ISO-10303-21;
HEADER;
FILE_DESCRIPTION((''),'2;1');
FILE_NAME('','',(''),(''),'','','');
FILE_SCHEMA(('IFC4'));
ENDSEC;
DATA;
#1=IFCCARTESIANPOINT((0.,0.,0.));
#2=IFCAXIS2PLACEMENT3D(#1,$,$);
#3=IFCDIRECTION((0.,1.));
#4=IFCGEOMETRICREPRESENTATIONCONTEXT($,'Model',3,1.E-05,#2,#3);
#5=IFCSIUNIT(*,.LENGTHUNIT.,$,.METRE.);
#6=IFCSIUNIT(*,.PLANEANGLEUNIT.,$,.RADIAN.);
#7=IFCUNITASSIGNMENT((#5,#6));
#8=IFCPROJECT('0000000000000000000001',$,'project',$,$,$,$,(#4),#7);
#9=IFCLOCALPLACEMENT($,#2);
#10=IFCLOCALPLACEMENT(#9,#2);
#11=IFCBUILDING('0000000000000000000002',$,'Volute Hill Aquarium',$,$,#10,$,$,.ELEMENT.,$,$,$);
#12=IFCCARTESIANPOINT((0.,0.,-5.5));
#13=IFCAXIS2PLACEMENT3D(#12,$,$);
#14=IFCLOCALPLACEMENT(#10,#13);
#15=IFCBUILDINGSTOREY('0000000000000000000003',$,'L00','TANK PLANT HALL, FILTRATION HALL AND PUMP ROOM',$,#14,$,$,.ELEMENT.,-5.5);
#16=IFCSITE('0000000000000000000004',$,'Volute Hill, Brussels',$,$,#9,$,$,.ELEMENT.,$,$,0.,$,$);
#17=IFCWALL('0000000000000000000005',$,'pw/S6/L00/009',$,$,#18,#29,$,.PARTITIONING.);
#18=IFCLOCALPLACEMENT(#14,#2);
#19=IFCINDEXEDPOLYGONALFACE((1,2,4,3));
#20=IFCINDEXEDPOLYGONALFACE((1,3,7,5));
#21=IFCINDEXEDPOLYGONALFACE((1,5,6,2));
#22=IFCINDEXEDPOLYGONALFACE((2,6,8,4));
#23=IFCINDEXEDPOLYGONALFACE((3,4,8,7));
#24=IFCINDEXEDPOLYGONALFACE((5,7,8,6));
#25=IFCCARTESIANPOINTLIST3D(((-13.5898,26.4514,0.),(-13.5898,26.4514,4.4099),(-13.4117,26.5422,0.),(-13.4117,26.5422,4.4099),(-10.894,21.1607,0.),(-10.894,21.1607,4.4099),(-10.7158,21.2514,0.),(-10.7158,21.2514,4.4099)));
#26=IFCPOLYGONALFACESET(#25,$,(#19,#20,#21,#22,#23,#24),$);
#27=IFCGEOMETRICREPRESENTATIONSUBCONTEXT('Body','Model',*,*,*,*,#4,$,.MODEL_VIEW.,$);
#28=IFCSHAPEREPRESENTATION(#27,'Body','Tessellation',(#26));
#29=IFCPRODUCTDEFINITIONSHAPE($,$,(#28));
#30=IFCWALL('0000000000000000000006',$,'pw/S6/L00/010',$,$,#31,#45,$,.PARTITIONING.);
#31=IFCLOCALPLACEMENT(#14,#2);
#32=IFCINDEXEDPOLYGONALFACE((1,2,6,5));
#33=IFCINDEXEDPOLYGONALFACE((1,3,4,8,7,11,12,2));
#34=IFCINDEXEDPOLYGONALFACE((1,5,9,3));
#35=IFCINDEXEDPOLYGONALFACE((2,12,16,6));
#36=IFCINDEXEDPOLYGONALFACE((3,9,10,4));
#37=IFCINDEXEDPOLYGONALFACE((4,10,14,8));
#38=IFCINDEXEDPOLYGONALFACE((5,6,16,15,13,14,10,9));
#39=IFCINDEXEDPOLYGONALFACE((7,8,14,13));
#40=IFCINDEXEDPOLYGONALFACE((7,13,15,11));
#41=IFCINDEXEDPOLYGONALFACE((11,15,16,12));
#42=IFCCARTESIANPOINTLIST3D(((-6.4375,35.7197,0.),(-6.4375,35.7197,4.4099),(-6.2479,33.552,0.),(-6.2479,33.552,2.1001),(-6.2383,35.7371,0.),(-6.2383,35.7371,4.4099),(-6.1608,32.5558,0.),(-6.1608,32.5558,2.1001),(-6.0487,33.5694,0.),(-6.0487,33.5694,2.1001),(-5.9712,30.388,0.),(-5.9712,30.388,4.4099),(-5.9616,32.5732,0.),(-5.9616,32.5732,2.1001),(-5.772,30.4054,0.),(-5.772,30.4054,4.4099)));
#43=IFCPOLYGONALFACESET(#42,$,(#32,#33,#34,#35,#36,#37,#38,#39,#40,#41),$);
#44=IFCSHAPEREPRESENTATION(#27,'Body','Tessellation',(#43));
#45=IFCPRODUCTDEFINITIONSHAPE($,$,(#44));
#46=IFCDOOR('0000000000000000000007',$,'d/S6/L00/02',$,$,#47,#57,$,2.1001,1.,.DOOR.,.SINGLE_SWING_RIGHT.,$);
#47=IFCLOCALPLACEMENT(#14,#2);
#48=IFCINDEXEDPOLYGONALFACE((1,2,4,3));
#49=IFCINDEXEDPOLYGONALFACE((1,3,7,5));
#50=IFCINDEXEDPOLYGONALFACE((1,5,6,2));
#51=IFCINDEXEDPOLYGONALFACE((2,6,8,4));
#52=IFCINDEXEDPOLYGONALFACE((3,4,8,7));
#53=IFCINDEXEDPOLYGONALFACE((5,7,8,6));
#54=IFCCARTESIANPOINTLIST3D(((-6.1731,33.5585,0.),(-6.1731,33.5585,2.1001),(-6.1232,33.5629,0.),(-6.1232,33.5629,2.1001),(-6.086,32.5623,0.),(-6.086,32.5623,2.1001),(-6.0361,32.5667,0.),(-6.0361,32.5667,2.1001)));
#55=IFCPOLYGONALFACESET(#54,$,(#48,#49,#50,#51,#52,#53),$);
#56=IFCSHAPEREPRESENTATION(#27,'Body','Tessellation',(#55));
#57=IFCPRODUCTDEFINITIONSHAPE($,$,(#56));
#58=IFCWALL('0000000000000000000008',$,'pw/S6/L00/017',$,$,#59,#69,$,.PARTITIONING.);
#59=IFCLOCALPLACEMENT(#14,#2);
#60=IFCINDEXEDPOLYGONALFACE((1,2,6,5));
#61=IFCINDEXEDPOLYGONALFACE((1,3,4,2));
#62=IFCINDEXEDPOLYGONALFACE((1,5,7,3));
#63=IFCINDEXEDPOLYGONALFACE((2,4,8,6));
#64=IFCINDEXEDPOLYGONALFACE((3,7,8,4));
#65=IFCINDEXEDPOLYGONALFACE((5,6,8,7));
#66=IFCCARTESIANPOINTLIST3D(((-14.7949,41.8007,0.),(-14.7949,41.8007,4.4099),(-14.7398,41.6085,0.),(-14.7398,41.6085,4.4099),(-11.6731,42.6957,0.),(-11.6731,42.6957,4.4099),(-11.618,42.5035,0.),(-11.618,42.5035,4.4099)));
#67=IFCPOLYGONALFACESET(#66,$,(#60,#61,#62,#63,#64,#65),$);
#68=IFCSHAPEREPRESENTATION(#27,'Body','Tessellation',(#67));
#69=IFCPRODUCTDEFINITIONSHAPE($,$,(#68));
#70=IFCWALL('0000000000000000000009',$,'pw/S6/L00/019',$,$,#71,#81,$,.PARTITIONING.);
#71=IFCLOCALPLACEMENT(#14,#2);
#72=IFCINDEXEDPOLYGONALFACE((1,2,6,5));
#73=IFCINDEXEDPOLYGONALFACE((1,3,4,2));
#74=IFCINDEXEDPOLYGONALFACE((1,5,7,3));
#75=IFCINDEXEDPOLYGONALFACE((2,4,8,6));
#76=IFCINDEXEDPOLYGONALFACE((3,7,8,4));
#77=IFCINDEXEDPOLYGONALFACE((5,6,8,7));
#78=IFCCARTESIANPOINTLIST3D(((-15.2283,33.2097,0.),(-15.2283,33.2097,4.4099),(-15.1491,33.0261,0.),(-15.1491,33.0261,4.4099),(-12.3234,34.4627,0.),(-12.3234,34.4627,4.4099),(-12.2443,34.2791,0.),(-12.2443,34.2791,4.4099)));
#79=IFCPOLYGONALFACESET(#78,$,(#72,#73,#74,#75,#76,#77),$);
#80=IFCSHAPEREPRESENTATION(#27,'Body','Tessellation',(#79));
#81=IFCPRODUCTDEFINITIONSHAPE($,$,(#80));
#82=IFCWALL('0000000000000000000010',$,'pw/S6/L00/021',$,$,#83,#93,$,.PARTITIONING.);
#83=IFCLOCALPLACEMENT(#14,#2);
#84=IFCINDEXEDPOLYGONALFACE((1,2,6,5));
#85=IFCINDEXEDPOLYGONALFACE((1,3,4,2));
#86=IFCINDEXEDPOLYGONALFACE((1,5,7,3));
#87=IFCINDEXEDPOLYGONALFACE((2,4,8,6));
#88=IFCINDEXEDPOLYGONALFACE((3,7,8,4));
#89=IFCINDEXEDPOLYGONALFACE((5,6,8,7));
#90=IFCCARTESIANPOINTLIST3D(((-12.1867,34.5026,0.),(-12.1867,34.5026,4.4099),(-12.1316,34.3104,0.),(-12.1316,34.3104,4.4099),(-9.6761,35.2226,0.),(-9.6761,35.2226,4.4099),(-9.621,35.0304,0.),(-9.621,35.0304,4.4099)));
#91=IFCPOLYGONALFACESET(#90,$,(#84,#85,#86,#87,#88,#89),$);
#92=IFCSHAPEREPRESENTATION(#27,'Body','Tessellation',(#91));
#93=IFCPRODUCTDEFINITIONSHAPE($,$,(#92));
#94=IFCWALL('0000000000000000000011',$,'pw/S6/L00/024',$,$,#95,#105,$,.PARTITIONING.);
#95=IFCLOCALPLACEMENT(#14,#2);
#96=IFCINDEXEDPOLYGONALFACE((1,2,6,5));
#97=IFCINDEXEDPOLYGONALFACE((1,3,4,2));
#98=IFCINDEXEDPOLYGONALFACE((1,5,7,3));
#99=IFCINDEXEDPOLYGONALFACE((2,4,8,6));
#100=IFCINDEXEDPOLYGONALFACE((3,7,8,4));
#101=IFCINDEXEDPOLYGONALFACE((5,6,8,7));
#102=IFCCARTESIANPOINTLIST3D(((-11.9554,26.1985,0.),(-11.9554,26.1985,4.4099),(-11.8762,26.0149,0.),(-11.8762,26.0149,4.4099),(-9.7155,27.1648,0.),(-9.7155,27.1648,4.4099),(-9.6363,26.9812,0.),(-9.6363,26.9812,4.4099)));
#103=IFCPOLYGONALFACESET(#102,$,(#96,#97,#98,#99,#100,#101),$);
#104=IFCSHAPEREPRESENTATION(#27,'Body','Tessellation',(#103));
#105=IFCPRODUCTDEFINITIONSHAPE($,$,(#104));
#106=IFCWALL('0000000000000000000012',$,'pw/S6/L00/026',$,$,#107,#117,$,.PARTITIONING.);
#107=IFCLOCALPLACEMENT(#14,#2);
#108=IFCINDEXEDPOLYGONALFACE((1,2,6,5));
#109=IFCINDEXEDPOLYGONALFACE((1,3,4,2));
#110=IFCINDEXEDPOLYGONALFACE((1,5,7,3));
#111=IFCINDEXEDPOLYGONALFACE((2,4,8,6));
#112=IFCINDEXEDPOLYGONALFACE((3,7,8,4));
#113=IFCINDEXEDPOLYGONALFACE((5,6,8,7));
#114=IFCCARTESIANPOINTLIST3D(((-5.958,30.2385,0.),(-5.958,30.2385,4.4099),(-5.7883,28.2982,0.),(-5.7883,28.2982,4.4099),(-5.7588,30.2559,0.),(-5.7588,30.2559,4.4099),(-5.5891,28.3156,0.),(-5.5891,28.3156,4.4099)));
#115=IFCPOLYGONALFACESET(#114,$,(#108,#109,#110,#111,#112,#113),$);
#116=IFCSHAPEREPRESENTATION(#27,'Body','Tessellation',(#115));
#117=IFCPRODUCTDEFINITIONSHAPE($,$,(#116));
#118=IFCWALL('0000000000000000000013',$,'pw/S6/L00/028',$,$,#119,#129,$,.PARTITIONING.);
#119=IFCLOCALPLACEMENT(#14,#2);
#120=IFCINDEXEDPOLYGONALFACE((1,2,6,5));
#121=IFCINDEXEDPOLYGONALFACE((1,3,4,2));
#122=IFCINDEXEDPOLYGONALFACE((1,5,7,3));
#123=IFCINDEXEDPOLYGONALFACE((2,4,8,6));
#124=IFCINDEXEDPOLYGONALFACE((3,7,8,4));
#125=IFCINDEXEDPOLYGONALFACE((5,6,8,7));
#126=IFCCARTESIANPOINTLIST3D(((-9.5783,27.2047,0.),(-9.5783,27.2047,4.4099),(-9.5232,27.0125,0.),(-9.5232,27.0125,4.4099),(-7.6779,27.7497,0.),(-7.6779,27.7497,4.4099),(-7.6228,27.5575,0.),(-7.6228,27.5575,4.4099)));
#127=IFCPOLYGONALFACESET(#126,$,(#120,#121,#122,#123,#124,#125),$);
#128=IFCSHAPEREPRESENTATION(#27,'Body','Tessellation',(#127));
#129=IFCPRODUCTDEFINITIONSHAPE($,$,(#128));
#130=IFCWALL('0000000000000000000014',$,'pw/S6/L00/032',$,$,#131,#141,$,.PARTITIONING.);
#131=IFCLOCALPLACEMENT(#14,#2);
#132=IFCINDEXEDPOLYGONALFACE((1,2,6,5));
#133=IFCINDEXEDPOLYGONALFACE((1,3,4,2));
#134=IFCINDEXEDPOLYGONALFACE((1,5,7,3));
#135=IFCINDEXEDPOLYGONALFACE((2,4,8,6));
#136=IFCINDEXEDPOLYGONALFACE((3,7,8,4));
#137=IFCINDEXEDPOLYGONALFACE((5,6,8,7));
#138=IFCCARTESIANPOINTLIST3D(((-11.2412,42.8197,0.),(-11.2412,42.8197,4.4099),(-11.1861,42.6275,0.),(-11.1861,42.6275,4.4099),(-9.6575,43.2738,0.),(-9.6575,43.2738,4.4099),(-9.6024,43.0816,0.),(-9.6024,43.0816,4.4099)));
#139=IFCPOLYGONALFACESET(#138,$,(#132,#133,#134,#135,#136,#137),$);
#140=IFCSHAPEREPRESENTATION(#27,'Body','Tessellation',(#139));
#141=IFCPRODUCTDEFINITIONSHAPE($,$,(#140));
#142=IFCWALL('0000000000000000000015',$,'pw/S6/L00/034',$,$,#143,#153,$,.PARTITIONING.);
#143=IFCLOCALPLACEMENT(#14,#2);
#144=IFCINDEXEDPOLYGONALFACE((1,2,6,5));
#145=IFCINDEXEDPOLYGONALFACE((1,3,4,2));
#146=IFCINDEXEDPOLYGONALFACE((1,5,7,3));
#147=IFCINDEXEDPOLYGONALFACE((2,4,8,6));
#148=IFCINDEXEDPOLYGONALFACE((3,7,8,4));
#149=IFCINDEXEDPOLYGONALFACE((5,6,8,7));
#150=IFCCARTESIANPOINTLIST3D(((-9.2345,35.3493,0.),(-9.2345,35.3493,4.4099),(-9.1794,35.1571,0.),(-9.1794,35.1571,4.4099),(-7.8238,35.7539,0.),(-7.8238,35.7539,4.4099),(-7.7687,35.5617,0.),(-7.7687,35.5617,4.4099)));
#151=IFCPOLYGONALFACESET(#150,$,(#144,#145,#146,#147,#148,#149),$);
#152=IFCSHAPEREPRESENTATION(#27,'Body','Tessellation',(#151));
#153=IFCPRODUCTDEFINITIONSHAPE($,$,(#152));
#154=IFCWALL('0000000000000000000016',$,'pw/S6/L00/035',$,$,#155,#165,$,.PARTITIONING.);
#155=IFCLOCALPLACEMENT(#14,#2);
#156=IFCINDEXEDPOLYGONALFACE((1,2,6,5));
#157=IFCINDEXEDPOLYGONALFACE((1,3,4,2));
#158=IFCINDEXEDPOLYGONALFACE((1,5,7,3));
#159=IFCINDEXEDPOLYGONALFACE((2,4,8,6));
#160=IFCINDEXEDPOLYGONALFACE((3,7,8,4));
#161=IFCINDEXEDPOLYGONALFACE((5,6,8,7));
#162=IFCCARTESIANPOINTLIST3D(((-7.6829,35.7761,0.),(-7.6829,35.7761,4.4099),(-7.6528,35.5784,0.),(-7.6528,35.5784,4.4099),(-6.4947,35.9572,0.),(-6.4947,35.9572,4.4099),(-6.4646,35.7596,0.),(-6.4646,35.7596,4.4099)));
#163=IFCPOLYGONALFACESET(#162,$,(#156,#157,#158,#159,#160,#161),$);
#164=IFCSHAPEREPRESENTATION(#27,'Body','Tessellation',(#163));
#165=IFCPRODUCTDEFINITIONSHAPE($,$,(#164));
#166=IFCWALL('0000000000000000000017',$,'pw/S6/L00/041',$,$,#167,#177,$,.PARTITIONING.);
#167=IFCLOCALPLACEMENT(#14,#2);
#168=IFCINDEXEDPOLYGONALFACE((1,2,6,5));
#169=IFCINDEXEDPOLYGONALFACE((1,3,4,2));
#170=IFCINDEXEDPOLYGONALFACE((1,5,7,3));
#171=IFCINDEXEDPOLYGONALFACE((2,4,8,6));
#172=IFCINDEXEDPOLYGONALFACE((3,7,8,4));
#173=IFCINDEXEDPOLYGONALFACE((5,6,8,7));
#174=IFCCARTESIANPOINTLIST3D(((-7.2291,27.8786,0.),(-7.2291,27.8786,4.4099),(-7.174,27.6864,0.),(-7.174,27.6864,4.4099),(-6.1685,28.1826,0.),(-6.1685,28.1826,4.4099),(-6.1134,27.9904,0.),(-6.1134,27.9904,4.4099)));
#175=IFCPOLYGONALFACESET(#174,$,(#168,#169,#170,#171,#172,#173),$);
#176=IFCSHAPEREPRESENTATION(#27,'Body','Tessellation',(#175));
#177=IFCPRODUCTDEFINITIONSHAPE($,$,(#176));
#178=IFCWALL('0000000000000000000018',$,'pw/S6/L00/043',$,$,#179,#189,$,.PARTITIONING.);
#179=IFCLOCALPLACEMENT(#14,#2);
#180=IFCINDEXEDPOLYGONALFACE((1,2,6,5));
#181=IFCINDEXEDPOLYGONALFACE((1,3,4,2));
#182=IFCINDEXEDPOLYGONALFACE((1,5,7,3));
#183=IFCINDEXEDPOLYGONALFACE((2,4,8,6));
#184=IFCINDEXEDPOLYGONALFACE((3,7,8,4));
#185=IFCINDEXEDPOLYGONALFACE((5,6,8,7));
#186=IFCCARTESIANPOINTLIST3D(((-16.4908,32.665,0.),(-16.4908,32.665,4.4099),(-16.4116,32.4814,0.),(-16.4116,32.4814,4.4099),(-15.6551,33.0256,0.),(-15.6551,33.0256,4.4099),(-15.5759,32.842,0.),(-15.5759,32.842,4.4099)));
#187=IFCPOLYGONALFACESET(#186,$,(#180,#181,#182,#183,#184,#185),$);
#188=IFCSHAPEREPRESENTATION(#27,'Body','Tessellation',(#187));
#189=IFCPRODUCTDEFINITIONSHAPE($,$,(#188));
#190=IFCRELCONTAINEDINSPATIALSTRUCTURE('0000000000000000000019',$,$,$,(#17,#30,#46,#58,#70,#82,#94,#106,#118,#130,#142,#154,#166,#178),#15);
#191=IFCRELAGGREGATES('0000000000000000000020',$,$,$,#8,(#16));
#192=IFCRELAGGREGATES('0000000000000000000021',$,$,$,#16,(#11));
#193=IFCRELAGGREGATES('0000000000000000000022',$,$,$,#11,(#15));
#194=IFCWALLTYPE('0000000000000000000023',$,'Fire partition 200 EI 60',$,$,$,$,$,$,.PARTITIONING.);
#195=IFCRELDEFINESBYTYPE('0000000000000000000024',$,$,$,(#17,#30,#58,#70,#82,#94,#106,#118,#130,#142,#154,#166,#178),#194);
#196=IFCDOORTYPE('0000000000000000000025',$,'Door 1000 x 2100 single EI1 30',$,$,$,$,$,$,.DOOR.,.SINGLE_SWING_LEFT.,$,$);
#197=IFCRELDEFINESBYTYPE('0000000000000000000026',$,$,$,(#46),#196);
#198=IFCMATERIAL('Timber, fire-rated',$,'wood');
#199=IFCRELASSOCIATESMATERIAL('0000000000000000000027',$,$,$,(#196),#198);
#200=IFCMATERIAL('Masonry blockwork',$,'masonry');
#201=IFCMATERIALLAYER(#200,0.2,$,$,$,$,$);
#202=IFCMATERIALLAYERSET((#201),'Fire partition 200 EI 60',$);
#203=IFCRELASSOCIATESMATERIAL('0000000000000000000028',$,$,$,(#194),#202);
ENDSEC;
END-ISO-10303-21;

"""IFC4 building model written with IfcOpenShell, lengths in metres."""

from ifc_helpers import new_model, si_unit, direction, frame, frame_2d, origin, place, context, subcontext, project, spatial, rectangle, extrude, material, layer, layer_set, type_object, element, fill, save


model = new_model("IFC4")

# Units and contexts
model_context = context("Model", 3, precision=1e-05, world=origin(), true_north=direction((0.0, 1.0)))
body_context = subcontext(model_context, "Body", "Model", "MODEL_VIEW")
ifc_project = project(units=[si_unit("LENGTHUNIT", "METRE"), si_unit("PLANEANGLEUNIT", "RADIAN")], contexts=[model_context])

# Site, building, storey
site_placement = place(None, origin())
site = spatial("IfcSite", under=ifc_project, at=site_placement, Name="Volute Hill, Brussels", CompositionType="ELEMENT", RefElevation=0.0)
building_placement = place(site_placement, origin())
building = spatial("IfcBuilding", under=site, at=building_placement, Name="Volute Hill Aquarium", CompositionType="ELEMENT")
storey_placement = place(building_placement, frame((0.0, 0.0, -5.5)))
storey = spatial("IfcBuildingStorey", under=building, at=storey_placement, Name="L00", Description="TANK PLANT HALL, FILTRATION HALL AND PUMP ROOM", CompositionType="ELEMENT", Elevation=-5.5)

# Shared definitions
ifc_material_1 = material(Name="Timber, fire-rated", Category="wood")
door_type = type_object("IfcDoorType", Name="Door 1000 x 2100 single EI1 30", OperationType="SINGLE_SWING_LEFT", PredefinedType="DOOR", material=ifc_material_1)

# Shared definitions
ifc_material_2 = material(Name="Masonry blockwork", Category="masonry")
ifc_layer_1 = layer(ifc_material_2, 0.2)
ifc_layer_set_1 = layer_set([ifc_layer_1], Name="Fire partition 200 EI 60")
wall_type_1 = type_object("IfcWallType", Name="Fire partition 200 EI 60", PredefinedType="PARTITIONING", material=ifc_layer_set_1)

# Wall
wall_1_placement = place(storey_placement, frame((-13.5007, 26.4968, 0.0), z_axis=(0.0, 0.0, 1.0), x_axis=(0.453993, -0.891005, 0.0)))
element("IfcWall", 1, at=wall_1_placement, inside=storey, type_object=wall_type_1, Name="pw/S6/L00/009", PredefinedType="PARTITIONING", context=body_context, shape_type="SweptSolid", body=[
    extrude(rectangle(XDim=5.938, YDim=0.2, at=frame_2d((2.969, 0.0))), origin(), (0.0, 0.0, 1.0), 4.4099),
])

# Wall, opening, door
wall_2_placement = place(storey_placement, frame((-5.8716, 30.3967, 0.0), z_axis=(0.0, 0.0, 1.0), x_axis=(-0.087126, 0.996197, 0.0)))
wall_2 = element("IfcWall", 2, at=wall_2_placement, inside=storey, type_object=wall_type_1, Name="pw/S6/L00/010", PredefinedType="PARTITIONING", context=body_context, shape_type="SweptSolid", body=[
    extrude(rectangle(XDim=5.3521, YDim=0.2, at=frame_2d((2.676, 0.0))), origin(), (0.0, 0.0, 1.0), 4.4099),
])
opening_1_placement = place(wall_2_placement, frame((2.176, 0.0, 0.0)))
opening_1 = element("IfcOpeningElement", 3, at=opening_1_placement, cuts=wall_2, PredefinedType="OPENING", context=body_context, shape_type="SweptSolid", body=[
    extrude(rectangle(XDim=1.0, YDim=2.1001, at=frame_2d((0.5, 1.05))), frame((0.0, 0.1099, 0.0), z_axis=(0.0, -1.0, 0.0), x_axis=(1.0, 0.0, 0.0)), (0.0, 0.0, 1.0), 0.22),
])
door_1_placement = place(opening_1_placement, origin())
door_1 = element("IfcDoor", 4, at=door_1_placement, inside=storey, type_object=door_type, Name="d/S6/L00/02", OperationType="SINGLE_SWING_RIGHT", OverallHeight=2.1001, OverallWidth=1.0, PredefinedType="DOOR", context=body_context, shape_type="SweptSolid", body=[
    extrude(rectangle(XDim=1.0, YDim=2.1001, at=frame_2d((0.5, 1.05))), frame((0.0, 0.0249, 0.0), z_axis=(0.0, -1.0, 0.0), x_axis=(1.0, 0.0, 0.0)), (0.0, 0.0, 1.0), 0.05),
])
fill(opening_1, door_1)

# Walls
wall_3_placement = place(storey_placement, frame((-14.7673, 41.7046, 0.0), z_axis=(0.0, 0.0, 1.0), x_axis=(0.961274, 0.275595, 0.0)))
element("IfcWall", 5, at=wall_3_placement, inside=storey, type_object=wall_type_1, Name="pw/S6/L00/017", PredefinedType="PARTITIONING", context=body_context, shape_type="SweptSolid", body=[
    extrude(rectangle(XDim=3.2476, YDim=0.2, at=frame_2d((1.6238, 0.0))), origin(), (0.0, 0.0, 1.0), 4.4099),
])
wall_4_placement = place(storey_placement, frame((-15.1887, 33.1179, 0.0), z_axis=(0.0, 0.0, 1.0), x_axis=(0.918224, 0.39606, 0.0)))
element("IfcWall", 6, at=wall_4_placement, inside=storey, type_object=wall_type_1, Name="pw/S6/L00/019", PredefinedType="PARTITIONING", context=body_context, shape_type="SweptSolid", body=[
    extrude(rectangle(XDim=3.1636, YDim=0.2, at=frame_2d((1.5818, 0.0))), origin(), (0.0, 0.0, 1.0), 4.4099),
])
wall_5_placement = place(storey_placement, frame((-12.1592, 34.4065, 0.0), z_axis=(0.0, 0.0, 1.0), x_axis=(0.961252, 0.275672, 0.0)))
element("IfcWall", 7, at=wall_5_placement, inside=storey, type_object=wall_type_1, Name="pw/S6/L00/021", PredefinedType="PARTITIONING", context=body_context, shape_type="SweptSolid", body=[
    extrude(rectangle(XDim=2.6118, YDim=0.2, at=frame_2d((1.3059, 0.0))), origin(), (0.0, 0.0, 1.0), 4.4099),
])
wall_6_placement = place(storey_placement, frame((-11.9158, 26.1067, 0.0), z_axis=(0.0, 0.0, 1.0), x_axis=(0.918206, 0.396104, 0.0)))
element("IfcWall", 8, at=wall_6_placement, inside=storey, type_object=wall_type_1, Name="pw/S6/L00/024", PredefinedType="PARTITIONING", context=body_context, shape_type="SweptSolid", body=[
    extrude(rectangle(XDim=2.4395, YDim=0.2, at=frame_2d((1.2197, 0.0))), origin(), (0.0, 0.0, 1.0), 4.4099),
])
wall_7_placement = place(storey_placement, frame((-5.6887, 28.3069, 0.0), z_axis=(0.0, 0.0, 1.0), x_axis=(-0.087111, 0.996199, 0.0)))
element("IfcWall", 9, at=wall_7_placement, inside=storey, type_object=wall_type_1, Name="pw/S6/L00/026", PredefinedType="PARTITIONING", context=body_context, shape_type="SweptSolid", body=[
    extrude(rectangle(XDim=1.9478, YDim=0.2, at=frame_2d((0.9739, 0.0))), origin(), (0.0, 0.0, 1.0), 4.4099),
])
wall_8_placement = place(storey_placement, frame((-9.5508, 27.1086, 0.0), z_axis=(0.0, 0.0, 1.0), x_axis=(0.961263, 0.275634, 0.0)))
element("IfcWall", 10, at=wall_8_placement, inside=storey, type_object=wall_type_1, Name="pw/S6/L00/028", PredefinedType="PARTITIONING", context=body_context, shape_type="SweptSolid", body=[
    extrude(rectangle(XDim=1.9771, YDim=0.2, at=frame_2d((0.9885, 0.0))), origin(), (0.0, 0.0, 1.0), 4.4099),
])
wall_9_placement = place(storey_placement, frame((-11.2136, 42.7236, 0.0), z_axis=(0.0, 0.0, 1.0), x_axis=(0.961266, 0.275621, 0.0)))
element("IfcWall", 11, at=wall_9_placement, inside=storey, type_object=wall_type_1, Name="pw/S6/L00/032", PredefinedType="PARTITIONING", context=body_context, shape_type="SweptSolid", body=[
    extrude(rectangle(XDim=1.6475, YDim=0.2, at=frame_2d((0.8237, 0.0))), origin(), (0.0, 0.0, 1.0), 4.4099),
])
wall_10_placement = place(storey_placement, frame((-9.207, 35.2532, 0.0), z_axis=(0.0, 0.0, 1.0), x_axis=(0.961254, 0.275666, 0.0)))
element("IfcWall", 12, at=wall_10_placement, inside=storey, type_object=wall_type_1, Name="pw/S6/L00/034", PredefinedType="PARTITIONING", context=body_context, shape_type="SweptSolid", body=[
    extrude(rectangle(XDim=1.4675, YDim=0.2, at=frame_2d((0.7339, 0.0))), origin(), (0.0, 0.0, 1.0), 4.4099),
])
wall_11_placement = place(storey_placement, frame((-7.668, 35.6772, 0.0), z_axis=(0.0, 0.0, 1.0), x_axis=(0.988577, 0.150714, 0.0)))
element("IfcWall", 13, at=wall_11_placement, inside=storey, type_object=wall_type_1, Name="pw/S6/L00/035", PredefinedType="PARTITIONING", context=body_context, shape_type="SweptSolid", body=[
    extrude(rectangle(XDim=1.2019, YDim=0.2, at=frame_2d((0.6011, 0.0))), origin(), (0.0, 0.0, 1.0), 4.4099),
])
wall_12_placement = place(storey_placement, frame((-7.2017, 27.7825, 0.0), z_axis=(0.0, 0.0, 1.0), x_axis=(0.961298, 0.27551, 0.0)))
element("IfcWall", 14, at=wall_12_placement, inside=storey, type_object=wall_type_1, Name="pw/S6/L00/041", PredefinedType="PARTITIONING", context=body_context, shape_type="SweptSolid", body=[
    extrude(rectangle(XDim=1.1033, YDim=0.2, at=frame_2d((0.5518, 0.0))), origin(), (0.0, 0.0, 1.0), 4.4099),
])
wall_13_placement = place(storey_placement, frame((-16.4512, 32.5732, 0.0), z_axis=(0.0, 0.0, 1.0), x_axis=(0.918171, 0.396184, 0.0)))
element("IfcWall", 15, at=wall_13_placement, inside=storey, type_object=wall_type_1, Name="pw/S6/L00/043", PredefinedType="PARTITIONING", context=body_context, shape_type="SweptSolid", body=[
    extrude(rectangle(XDim=0.9102, YDim=0.2, at=frame_2d((0.4551, 0.0))), origin(), (0.0, 0.0, 1.0), 4.4099),
])

save(model, "model.ifc")
